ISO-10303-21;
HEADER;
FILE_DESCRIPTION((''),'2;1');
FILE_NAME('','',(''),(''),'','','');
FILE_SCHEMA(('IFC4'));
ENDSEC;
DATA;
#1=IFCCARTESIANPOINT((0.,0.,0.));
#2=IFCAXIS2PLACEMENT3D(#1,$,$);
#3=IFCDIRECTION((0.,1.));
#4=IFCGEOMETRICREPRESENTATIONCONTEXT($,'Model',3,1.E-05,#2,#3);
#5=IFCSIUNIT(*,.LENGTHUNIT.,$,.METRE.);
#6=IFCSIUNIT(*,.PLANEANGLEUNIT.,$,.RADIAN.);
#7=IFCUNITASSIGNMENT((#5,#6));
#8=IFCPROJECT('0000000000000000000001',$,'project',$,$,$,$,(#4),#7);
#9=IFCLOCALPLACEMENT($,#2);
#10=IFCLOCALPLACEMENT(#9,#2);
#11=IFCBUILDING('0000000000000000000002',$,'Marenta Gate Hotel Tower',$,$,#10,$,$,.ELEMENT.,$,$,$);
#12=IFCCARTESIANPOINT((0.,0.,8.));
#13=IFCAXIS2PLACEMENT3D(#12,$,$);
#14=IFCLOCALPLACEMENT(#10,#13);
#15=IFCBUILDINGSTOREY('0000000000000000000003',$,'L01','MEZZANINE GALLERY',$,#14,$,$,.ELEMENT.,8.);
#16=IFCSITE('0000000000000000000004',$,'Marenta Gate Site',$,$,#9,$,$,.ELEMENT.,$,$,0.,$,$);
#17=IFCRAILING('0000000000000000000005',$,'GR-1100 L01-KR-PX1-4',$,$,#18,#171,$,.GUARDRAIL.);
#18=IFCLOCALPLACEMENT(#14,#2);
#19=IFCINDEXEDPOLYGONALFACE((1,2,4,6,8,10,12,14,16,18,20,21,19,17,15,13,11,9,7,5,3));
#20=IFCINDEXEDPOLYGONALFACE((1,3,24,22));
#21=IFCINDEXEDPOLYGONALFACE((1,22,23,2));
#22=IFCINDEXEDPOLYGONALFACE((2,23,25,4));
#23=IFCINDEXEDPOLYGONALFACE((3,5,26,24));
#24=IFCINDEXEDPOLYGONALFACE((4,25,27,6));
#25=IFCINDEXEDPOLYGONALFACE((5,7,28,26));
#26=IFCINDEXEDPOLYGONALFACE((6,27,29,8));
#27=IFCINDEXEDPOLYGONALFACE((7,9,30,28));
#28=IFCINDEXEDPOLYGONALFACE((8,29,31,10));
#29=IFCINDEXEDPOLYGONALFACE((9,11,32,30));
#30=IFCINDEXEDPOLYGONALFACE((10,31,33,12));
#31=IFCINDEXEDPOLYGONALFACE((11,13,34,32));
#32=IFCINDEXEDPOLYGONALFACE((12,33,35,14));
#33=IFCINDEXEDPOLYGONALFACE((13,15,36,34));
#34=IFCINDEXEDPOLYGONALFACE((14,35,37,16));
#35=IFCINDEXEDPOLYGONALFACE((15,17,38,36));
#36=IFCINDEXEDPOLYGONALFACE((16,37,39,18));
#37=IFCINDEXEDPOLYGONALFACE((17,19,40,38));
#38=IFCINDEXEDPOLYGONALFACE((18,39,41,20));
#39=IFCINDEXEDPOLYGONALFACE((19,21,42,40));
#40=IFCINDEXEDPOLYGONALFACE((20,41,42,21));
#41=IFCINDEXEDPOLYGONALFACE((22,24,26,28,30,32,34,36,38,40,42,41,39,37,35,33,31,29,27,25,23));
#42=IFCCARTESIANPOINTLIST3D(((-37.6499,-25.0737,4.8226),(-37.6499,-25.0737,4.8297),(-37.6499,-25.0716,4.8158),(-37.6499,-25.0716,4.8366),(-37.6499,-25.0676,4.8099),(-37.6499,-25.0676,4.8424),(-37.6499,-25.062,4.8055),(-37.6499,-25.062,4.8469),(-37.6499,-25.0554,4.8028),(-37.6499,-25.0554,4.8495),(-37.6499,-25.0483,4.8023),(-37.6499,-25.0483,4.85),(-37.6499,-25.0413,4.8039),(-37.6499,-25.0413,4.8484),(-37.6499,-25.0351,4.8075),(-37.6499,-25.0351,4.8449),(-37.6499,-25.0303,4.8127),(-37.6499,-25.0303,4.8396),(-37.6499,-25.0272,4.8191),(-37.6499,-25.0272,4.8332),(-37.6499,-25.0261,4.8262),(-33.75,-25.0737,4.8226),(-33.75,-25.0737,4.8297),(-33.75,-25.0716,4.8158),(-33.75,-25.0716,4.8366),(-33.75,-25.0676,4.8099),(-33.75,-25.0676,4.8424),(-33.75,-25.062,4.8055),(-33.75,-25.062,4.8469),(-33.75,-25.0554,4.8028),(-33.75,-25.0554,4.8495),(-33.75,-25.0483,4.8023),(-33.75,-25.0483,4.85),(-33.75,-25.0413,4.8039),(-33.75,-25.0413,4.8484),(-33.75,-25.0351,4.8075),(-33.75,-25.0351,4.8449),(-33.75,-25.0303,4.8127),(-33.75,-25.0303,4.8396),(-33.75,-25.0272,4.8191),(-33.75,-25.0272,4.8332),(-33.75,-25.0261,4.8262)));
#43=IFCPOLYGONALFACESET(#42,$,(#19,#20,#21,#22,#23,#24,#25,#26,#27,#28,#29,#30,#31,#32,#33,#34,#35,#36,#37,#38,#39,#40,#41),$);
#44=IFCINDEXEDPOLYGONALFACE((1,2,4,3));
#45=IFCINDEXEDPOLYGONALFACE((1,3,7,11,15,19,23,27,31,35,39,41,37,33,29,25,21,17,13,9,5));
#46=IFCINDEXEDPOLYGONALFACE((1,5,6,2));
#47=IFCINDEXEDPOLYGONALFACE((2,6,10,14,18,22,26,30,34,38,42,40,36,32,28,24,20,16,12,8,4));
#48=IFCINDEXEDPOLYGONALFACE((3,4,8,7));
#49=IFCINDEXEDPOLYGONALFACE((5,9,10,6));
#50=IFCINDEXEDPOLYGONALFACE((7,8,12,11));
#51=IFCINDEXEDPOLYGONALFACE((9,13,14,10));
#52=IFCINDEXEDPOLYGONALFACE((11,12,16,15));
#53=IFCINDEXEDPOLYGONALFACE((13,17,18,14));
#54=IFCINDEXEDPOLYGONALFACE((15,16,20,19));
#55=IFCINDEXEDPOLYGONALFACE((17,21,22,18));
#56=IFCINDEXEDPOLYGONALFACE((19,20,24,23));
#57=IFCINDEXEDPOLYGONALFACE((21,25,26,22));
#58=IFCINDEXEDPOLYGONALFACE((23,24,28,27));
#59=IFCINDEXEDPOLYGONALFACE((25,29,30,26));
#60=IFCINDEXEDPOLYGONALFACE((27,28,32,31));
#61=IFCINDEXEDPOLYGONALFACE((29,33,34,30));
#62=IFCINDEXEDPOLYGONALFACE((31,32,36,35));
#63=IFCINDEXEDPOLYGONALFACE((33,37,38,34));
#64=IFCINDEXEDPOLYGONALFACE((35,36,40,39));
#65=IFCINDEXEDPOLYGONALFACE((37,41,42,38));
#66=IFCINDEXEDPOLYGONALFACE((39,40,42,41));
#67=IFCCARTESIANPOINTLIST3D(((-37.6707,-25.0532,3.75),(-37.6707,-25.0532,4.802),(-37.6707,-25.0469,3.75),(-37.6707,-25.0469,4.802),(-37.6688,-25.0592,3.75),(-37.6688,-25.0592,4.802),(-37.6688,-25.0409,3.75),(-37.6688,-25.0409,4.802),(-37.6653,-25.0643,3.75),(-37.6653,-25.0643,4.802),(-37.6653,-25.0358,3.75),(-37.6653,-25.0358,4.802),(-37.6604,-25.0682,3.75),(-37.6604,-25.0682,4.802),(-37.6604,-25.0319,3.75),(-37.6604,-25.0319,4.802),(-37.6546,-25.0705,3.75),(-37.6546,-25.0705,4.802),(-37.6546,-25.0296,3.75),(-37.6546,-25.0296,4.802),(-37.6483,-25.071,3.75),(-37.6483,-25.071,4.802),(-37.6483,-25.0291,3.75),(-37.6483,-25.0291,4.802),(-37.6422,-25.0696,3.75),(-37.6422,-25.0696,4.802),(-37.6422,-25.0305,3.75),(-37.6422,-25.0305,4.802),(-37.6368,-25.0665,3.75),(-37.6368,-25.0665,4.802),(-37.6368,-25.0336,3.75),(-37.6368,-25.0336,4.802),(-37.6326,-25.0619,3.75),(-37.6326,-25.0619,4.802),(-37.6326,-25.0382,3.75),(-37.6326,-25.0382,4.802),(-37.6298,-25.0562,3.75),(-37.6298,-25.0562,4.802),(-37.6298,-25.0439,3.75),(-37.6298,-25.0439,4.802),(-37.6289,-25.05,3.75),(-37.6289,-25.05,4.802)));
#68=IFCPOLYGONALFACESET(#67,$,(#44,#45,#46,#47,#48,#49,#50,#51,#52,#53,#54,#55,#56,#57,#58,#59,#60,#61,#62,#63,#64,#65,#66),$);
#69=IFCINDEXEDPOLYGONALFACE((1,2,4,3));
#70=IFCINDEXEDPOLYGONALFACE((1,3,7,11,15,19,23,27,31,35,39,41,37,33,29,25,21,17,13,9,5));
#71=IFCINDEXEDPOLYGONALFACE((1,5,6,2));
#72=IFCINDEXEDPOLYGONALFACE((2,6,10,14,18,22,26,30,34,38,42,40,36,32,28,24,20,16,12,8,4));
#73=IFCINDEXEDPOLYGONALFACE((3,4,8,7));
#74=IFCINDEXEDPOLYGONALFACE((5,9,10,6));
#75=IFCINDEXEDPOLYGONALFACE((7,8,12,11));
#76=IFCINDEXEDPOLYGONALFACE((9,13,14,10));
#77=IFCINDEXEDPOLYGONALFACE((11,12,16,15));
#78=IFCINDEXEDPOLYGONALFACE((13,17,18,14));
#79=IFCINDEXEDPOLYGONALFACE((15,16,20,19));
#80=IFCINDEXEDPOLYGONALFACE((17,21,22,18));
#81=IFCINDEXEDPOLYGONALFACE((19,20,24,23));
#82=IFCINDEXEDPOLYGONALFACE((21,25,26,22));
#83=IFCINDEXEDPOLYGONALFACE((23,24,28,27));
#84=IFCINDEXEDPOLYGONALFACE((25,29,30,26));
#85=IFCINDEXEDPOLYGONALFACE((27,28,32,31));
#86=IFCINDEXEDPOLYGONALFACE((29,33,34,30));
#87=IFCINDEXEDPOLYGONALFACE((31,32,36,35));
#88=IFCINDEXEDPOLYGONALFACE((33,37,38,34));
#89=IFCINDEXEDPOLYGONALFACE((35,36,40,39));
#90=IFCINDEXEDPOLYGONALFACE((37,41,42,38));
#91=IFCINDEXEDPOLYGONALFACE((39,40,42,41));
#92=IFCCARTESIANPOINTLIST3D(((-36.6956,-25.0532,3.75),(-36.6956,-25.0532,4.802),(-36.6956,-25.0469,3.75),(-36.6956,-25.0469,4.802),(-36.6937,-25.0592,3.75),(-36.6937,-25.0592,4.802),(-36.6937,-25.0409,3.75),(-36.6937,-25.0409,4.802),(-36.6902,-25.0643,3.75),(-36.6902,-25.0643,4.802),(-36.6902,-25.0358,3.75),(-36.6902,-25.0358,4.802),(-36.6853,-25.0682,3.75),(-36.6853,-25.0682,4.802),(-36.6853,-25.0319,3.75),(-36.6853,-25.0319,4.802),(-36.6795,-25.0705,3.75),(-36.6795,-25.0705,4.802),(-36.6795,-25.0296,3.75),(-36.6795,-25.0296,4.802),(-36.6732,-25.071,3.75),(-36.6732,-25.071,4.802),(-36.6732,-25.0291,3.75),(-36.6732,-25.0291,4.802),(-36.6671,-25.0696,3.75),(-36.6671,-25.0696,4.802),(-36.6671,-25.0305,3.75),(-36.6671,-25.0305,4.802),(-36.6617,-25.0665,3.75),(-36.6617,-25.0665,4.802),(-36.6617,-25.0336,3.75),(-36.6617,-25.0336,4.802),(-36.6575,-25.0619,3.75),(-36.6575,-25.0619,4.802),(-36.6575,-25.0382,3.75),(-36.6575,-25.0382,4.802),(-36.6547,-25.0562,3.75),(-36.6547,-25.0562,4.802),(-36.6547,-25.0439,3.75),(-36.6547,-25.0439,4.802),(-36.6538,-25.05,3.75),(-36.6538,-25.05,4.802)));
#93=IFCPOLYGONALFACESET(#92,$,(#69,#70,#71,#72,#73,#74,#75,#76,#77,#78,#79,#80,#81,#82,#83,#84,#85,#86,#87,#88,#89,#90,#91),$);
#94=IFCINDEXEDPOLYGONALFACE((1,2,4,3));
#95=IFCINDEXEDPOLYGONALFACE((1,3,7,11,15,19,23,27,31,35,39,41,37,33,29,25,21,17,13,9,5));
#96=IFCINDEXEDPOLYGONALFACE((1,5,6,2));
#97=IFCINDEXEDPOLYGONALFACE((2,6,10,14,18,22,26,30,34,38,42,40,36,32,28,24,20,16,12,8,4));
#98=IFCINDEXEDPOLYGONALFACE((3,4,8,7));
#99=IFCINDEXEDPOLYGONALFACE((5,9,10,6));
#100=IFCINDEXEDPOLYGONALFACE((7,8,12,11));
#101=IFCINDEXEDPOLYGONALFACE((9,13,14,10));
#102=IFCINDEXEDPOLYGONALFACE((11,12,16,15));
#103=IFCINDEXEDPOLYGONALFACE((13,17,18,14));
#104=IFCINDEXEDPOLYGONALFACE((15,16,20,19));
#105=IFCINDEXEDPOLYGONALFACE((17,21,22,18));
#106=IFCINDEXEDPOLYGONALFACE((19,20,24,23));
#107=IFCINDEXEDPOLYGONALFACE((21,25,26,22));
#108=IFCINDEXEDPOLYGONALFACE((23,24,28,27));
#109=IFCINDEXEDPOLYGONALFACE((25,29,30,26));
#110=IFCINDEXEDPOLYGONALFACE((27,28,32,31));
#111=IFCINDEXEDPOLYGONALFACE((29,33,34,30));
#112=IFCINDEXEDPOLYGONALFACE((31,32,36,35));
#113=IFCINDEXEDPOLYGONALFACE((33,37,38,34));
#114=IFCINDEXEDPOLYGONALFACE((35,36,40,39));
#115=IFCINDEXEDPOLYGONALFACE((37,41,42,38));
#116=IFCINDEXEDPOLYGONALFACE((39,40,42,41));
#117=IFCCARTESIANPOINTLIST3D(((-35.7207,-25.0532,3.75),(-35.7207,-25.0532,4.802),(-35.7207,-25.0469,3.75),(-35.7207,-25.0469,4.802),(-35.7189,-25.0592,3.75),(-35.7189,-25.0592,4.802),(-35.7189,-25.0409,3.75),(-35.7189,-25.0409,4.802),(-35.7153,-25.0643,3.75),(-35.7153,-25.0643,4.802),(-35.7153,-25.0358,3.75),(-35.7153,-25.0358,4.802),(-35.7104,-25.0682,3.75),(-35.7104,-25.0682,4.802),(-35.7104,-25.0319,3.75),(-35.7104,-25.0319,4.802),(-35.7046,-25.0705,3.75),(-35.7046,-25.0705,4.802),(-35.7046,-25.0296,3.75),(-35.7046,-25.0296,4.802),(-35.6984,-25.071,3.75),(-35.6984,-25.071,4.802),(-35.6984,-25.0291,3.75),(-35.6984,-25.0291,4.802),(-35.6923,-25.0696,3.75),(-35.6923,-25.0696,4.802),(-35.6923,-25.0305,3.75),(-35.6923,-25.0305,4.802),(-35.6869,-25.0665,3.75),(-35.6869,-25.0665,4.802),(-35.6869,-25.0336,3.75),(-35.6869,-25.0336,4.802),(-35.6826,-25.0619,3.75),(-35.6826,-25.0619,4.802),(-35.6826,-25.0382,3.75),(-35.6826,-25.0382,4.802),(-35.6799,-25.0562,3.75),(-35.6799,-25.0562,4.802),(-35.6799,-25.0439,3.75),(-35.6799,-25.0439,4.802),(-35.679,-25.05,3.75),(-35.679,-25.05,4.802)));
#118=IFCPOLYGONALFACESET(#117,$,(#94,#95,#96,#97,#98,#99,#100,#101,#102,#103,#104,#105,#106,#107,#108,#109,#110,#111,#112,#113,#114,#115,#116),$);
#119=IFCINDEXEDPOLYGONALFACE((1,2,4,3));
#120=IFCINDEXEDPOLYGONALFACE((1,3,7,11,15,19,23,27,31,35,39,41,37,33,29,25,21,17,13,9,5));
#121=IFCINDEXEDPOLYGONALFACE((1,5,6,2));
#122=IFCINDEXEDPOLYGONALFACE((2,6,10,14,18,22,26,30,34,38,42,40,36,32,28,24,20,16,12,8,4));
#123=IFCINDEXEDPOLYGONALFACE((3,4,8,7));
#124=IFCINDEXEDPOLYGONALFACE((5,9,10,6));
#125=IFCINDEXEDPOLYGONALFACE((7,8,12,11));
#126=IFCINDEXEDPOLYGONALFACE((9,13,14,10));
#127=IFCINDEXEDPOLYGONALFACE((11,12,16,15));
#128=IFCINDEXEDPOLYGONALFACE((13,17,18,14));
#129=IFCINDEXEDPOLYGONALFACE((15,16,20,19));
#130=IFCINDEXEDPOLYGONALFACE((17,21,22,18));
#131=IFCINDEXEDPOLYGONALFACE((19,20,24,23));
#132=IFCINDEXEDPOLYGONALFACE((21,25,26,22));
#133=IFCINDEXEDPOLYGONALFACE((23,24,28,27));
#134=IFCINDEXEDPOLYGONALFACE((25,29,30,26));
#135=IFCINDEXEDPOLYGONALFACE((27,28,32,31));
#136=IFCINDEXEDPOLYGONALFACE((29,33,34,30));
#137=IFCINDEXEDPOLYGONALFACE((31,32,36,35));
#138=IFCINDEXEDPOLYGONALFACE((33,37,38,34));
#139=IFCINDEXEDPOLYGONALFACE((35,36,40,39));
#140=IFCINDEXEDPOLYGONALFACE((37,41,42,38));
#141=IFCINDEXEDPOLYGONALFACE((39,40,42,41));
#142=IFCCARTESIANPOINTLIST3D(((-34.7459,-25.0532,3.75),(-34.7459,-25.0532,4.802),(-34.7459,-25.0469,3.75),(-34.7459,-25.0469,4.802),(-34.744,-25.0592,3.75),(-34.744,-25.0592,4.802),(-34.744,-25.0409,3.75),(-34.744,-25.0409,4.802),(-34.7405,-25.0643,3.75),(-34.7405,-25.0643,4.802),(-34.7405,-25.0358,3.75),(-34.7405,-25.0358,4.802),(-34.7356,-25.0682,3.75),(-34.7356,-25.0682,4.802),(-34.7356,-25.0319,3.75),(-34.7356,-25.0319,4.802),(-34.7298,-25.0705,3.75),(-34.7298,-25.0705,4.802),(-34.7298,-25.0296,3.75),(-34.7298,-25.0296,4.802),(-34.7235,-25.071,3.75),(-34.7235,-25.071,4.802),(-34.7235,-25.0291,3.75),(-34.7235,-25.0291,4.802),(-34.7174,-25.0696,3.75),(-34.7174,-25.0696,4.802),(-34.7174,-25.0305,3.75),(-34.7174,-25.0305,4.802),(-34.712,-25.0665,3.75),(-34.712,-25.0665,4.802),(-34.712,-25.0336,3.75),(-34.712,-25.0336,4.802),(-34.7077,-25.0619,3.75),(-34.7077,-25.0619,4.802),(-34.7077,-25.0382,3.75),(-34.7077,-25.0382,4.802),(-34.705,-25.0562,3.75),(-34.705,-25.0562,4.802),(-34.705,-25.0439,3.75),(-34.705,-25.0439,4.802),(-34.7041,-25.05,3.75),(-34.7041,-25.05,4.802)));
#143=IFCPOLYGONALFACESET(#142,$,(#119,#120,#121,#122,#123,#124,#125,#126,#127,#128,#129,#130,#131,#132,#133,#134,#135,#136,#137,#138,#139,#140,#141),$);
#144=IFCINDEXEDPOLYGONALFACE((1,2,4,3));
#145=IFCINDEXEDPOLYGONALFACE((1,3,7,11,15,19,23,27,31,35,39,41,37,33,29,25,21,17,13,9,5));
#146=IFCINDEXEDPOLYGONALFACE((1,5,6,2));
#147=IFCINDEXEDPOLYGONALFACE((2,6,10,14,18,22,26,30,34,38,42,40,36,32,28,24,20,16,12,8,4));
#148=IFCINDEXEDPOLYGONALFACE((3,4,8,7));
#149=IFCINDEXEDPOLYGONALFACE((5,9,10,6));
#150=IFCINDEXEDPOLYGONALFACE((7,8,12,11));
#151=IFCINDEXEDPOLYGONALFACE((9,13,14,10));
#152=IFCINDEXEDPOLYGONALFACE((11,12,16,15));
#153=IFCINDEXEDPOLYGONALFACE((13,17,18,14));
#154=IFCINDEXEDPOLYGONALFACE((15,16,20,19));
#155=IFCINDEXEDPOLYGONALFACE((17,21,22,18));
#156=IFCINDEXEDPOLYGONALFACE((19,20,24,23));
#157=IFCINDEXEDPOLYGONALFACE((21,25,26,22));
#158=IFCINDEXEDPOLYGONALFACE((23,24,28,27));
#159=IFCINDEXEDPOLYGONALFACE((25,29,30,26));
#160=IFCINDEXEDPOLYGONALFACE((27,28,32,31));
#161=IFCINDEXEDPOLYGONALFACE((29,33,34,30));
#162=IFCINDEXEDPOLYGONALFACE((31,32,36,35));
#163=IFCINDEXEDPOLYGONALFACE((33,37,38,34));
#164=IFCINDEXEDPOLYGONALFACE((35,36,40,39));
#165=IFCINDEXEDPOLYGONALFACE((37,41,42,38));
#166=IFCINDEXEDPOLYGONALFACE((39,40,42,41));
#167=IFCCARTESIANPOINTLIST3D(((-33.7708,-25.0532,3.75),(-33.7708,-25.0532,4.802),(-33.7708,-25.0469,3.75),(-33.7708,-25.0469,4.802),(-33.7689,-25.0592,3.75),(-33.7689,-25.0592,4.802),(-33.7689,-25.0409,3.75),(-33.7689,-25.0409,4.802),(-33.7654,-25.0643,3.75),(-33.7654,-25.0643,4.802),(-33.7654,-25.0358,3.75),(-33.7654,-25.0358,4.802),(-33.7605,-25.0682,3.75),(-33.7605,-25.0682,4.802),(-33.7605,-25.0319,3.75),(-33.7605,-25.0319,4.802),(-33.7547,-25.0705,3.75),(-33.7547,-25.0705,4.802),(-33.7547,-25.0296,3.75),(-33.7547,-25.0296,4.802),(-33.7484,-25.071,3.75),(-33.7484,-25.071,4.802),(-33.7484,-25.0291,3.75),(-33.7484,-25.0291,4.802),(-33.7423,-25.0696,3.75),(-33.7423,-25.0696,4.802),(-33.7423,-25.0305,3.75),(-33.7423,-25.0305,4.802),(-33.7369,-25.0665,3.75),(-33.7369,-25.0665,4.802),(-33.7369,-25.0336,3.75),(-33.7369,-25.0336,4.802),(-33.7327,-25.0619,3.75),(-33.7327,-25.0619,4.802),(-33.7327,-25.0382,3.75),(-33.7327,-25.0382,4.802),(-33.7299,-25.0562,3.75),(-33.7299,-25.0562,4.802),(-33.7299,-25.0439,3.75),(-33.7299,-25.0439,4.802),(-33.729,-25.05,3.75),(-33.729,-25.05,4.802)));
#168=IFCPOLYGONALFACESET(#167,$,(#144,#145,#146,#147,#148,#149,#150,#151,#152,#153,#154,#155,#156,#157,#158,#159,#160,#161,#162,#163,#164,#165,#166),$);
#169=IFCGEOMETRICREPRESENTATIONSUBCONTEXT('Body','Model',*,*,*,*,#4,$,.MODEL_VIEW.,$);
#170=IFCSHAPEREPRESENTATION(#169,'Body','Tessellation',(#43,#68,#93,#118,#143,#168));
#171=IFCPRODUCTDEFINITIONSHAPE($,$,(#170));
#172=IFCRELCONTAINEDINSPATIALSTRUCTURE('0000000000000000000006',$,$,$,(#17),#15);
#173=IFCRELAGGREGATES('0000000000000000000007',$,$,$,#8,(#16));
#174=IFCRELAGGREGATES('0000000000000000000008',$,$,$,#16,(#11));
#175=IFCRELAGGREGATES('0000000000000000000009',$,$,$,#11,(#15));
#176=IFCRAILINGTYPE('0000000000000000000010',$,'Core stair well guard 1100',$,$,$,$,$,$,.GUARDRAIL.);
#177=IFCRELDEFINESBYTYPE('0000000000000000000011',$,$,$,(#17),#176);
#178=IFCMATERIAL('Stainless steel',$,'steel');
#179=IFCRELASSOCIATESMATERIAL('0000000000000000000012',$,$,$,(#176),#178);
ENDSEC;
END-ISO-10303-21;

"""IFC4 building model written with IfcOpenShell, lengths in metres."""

from ifc_helpers import new_model, si_unit, direction, frame, origin, origin_2d, place, context, subcontext, project, spatial, circle, extrude, material, type_object, element, save


model = new_model("IFC4")

# Units and contexts
model_context = context("Model", 3, precision=1e-05, world=origin(), true_north=direction((0.0, 1.0)))
body_context = subcontext(model_context, "Body", "Model", "MODEL_VIEW")
ifc_project = project(units=[si_unit("LENGTHUNIT", "METRE"), si_unit("PLANEANGLEUNIT", "RADIAN")], contexts=[model_context])

# Site, building, storey
site_placement = place(None, origin())
site = spatial("IfcSite", under=ifc_project, at=site_placement, Name="Marenta Gate Site", CompositionType="ELEMENT", RefElevation=0.0)
building_placement = place(site_placement, origin())
building = spatial("IfcBuilding", under=site, at=building_placement, Name="Marenta Gate Hotel Tower", CompositionType="ELEMENT")
storey_placement = place(building_placement, frame((0.0, 0.0, 8.0)))
storey = spatial("IfcBuildingStorey", under=building, at=storey_placement, Name="L01", Description="MEZZANINE GALLERY", CompositionType="ELEMENT", Elevation=8.0)

# Railing
ifc_material_1 = material(Name="Stainless steel", Category="steel")
railing_type_1 = type_object("IfcRailingType", Name="Core stair well guard 1100", PredefinedType="GUARDRAIL", material=ifc_material_1)
for number, where, name in (
    (1, (-37.6499, -25.05, 3.75), "GR-1100 L01-KR-PX1-4"),
):
    element("IfcRailing", number, at=place(storey_placement, frame(where)), inside=storey, type_object=railing_type_1, Name=name, PredefinedType="GUARDRAIL", context=body_context, shape_type="SweptSolid", body=[
        extrude(circle(Radius=0.0239, at=origin_2d()), frame((0.0, 0.0, 1.0762), z_axis=(1.0, 0.0, 0.0), x_axis=(0.0, 1.0, 0.0)), (0.0, 0.0, 1.0), 3.8999),
        extrude(circle(Radius=0.021, at=origin_2d()), origin(), (0.0, 0.0, 1.0), 1.052),
        extrude(circle(Radius=0.021, at=origin_2d()), frame((0.9751, 0.0, 0.0)), (0.0, 0.0, 1.0), 1.052),
        extrude(circle(Radius=0.021, at=origin_2d()), frame((1.95, 0.0, 0.0)), (0.0, 0.0, 1.0), 1.052),
        extrude(circle(Radius=0.021, at=origin_2d()), frame((2.9248, 0.0, 0.0)), (0.0, 0.0, 1.0), 1.052),
        extrude(circle(Radius=0.021, at=origin_2d()), frame((3.8999, 0.0, 0.0)), (0.0, 0.0, 1.0), 1.052),
    ])

save(model, "model.ifc")
